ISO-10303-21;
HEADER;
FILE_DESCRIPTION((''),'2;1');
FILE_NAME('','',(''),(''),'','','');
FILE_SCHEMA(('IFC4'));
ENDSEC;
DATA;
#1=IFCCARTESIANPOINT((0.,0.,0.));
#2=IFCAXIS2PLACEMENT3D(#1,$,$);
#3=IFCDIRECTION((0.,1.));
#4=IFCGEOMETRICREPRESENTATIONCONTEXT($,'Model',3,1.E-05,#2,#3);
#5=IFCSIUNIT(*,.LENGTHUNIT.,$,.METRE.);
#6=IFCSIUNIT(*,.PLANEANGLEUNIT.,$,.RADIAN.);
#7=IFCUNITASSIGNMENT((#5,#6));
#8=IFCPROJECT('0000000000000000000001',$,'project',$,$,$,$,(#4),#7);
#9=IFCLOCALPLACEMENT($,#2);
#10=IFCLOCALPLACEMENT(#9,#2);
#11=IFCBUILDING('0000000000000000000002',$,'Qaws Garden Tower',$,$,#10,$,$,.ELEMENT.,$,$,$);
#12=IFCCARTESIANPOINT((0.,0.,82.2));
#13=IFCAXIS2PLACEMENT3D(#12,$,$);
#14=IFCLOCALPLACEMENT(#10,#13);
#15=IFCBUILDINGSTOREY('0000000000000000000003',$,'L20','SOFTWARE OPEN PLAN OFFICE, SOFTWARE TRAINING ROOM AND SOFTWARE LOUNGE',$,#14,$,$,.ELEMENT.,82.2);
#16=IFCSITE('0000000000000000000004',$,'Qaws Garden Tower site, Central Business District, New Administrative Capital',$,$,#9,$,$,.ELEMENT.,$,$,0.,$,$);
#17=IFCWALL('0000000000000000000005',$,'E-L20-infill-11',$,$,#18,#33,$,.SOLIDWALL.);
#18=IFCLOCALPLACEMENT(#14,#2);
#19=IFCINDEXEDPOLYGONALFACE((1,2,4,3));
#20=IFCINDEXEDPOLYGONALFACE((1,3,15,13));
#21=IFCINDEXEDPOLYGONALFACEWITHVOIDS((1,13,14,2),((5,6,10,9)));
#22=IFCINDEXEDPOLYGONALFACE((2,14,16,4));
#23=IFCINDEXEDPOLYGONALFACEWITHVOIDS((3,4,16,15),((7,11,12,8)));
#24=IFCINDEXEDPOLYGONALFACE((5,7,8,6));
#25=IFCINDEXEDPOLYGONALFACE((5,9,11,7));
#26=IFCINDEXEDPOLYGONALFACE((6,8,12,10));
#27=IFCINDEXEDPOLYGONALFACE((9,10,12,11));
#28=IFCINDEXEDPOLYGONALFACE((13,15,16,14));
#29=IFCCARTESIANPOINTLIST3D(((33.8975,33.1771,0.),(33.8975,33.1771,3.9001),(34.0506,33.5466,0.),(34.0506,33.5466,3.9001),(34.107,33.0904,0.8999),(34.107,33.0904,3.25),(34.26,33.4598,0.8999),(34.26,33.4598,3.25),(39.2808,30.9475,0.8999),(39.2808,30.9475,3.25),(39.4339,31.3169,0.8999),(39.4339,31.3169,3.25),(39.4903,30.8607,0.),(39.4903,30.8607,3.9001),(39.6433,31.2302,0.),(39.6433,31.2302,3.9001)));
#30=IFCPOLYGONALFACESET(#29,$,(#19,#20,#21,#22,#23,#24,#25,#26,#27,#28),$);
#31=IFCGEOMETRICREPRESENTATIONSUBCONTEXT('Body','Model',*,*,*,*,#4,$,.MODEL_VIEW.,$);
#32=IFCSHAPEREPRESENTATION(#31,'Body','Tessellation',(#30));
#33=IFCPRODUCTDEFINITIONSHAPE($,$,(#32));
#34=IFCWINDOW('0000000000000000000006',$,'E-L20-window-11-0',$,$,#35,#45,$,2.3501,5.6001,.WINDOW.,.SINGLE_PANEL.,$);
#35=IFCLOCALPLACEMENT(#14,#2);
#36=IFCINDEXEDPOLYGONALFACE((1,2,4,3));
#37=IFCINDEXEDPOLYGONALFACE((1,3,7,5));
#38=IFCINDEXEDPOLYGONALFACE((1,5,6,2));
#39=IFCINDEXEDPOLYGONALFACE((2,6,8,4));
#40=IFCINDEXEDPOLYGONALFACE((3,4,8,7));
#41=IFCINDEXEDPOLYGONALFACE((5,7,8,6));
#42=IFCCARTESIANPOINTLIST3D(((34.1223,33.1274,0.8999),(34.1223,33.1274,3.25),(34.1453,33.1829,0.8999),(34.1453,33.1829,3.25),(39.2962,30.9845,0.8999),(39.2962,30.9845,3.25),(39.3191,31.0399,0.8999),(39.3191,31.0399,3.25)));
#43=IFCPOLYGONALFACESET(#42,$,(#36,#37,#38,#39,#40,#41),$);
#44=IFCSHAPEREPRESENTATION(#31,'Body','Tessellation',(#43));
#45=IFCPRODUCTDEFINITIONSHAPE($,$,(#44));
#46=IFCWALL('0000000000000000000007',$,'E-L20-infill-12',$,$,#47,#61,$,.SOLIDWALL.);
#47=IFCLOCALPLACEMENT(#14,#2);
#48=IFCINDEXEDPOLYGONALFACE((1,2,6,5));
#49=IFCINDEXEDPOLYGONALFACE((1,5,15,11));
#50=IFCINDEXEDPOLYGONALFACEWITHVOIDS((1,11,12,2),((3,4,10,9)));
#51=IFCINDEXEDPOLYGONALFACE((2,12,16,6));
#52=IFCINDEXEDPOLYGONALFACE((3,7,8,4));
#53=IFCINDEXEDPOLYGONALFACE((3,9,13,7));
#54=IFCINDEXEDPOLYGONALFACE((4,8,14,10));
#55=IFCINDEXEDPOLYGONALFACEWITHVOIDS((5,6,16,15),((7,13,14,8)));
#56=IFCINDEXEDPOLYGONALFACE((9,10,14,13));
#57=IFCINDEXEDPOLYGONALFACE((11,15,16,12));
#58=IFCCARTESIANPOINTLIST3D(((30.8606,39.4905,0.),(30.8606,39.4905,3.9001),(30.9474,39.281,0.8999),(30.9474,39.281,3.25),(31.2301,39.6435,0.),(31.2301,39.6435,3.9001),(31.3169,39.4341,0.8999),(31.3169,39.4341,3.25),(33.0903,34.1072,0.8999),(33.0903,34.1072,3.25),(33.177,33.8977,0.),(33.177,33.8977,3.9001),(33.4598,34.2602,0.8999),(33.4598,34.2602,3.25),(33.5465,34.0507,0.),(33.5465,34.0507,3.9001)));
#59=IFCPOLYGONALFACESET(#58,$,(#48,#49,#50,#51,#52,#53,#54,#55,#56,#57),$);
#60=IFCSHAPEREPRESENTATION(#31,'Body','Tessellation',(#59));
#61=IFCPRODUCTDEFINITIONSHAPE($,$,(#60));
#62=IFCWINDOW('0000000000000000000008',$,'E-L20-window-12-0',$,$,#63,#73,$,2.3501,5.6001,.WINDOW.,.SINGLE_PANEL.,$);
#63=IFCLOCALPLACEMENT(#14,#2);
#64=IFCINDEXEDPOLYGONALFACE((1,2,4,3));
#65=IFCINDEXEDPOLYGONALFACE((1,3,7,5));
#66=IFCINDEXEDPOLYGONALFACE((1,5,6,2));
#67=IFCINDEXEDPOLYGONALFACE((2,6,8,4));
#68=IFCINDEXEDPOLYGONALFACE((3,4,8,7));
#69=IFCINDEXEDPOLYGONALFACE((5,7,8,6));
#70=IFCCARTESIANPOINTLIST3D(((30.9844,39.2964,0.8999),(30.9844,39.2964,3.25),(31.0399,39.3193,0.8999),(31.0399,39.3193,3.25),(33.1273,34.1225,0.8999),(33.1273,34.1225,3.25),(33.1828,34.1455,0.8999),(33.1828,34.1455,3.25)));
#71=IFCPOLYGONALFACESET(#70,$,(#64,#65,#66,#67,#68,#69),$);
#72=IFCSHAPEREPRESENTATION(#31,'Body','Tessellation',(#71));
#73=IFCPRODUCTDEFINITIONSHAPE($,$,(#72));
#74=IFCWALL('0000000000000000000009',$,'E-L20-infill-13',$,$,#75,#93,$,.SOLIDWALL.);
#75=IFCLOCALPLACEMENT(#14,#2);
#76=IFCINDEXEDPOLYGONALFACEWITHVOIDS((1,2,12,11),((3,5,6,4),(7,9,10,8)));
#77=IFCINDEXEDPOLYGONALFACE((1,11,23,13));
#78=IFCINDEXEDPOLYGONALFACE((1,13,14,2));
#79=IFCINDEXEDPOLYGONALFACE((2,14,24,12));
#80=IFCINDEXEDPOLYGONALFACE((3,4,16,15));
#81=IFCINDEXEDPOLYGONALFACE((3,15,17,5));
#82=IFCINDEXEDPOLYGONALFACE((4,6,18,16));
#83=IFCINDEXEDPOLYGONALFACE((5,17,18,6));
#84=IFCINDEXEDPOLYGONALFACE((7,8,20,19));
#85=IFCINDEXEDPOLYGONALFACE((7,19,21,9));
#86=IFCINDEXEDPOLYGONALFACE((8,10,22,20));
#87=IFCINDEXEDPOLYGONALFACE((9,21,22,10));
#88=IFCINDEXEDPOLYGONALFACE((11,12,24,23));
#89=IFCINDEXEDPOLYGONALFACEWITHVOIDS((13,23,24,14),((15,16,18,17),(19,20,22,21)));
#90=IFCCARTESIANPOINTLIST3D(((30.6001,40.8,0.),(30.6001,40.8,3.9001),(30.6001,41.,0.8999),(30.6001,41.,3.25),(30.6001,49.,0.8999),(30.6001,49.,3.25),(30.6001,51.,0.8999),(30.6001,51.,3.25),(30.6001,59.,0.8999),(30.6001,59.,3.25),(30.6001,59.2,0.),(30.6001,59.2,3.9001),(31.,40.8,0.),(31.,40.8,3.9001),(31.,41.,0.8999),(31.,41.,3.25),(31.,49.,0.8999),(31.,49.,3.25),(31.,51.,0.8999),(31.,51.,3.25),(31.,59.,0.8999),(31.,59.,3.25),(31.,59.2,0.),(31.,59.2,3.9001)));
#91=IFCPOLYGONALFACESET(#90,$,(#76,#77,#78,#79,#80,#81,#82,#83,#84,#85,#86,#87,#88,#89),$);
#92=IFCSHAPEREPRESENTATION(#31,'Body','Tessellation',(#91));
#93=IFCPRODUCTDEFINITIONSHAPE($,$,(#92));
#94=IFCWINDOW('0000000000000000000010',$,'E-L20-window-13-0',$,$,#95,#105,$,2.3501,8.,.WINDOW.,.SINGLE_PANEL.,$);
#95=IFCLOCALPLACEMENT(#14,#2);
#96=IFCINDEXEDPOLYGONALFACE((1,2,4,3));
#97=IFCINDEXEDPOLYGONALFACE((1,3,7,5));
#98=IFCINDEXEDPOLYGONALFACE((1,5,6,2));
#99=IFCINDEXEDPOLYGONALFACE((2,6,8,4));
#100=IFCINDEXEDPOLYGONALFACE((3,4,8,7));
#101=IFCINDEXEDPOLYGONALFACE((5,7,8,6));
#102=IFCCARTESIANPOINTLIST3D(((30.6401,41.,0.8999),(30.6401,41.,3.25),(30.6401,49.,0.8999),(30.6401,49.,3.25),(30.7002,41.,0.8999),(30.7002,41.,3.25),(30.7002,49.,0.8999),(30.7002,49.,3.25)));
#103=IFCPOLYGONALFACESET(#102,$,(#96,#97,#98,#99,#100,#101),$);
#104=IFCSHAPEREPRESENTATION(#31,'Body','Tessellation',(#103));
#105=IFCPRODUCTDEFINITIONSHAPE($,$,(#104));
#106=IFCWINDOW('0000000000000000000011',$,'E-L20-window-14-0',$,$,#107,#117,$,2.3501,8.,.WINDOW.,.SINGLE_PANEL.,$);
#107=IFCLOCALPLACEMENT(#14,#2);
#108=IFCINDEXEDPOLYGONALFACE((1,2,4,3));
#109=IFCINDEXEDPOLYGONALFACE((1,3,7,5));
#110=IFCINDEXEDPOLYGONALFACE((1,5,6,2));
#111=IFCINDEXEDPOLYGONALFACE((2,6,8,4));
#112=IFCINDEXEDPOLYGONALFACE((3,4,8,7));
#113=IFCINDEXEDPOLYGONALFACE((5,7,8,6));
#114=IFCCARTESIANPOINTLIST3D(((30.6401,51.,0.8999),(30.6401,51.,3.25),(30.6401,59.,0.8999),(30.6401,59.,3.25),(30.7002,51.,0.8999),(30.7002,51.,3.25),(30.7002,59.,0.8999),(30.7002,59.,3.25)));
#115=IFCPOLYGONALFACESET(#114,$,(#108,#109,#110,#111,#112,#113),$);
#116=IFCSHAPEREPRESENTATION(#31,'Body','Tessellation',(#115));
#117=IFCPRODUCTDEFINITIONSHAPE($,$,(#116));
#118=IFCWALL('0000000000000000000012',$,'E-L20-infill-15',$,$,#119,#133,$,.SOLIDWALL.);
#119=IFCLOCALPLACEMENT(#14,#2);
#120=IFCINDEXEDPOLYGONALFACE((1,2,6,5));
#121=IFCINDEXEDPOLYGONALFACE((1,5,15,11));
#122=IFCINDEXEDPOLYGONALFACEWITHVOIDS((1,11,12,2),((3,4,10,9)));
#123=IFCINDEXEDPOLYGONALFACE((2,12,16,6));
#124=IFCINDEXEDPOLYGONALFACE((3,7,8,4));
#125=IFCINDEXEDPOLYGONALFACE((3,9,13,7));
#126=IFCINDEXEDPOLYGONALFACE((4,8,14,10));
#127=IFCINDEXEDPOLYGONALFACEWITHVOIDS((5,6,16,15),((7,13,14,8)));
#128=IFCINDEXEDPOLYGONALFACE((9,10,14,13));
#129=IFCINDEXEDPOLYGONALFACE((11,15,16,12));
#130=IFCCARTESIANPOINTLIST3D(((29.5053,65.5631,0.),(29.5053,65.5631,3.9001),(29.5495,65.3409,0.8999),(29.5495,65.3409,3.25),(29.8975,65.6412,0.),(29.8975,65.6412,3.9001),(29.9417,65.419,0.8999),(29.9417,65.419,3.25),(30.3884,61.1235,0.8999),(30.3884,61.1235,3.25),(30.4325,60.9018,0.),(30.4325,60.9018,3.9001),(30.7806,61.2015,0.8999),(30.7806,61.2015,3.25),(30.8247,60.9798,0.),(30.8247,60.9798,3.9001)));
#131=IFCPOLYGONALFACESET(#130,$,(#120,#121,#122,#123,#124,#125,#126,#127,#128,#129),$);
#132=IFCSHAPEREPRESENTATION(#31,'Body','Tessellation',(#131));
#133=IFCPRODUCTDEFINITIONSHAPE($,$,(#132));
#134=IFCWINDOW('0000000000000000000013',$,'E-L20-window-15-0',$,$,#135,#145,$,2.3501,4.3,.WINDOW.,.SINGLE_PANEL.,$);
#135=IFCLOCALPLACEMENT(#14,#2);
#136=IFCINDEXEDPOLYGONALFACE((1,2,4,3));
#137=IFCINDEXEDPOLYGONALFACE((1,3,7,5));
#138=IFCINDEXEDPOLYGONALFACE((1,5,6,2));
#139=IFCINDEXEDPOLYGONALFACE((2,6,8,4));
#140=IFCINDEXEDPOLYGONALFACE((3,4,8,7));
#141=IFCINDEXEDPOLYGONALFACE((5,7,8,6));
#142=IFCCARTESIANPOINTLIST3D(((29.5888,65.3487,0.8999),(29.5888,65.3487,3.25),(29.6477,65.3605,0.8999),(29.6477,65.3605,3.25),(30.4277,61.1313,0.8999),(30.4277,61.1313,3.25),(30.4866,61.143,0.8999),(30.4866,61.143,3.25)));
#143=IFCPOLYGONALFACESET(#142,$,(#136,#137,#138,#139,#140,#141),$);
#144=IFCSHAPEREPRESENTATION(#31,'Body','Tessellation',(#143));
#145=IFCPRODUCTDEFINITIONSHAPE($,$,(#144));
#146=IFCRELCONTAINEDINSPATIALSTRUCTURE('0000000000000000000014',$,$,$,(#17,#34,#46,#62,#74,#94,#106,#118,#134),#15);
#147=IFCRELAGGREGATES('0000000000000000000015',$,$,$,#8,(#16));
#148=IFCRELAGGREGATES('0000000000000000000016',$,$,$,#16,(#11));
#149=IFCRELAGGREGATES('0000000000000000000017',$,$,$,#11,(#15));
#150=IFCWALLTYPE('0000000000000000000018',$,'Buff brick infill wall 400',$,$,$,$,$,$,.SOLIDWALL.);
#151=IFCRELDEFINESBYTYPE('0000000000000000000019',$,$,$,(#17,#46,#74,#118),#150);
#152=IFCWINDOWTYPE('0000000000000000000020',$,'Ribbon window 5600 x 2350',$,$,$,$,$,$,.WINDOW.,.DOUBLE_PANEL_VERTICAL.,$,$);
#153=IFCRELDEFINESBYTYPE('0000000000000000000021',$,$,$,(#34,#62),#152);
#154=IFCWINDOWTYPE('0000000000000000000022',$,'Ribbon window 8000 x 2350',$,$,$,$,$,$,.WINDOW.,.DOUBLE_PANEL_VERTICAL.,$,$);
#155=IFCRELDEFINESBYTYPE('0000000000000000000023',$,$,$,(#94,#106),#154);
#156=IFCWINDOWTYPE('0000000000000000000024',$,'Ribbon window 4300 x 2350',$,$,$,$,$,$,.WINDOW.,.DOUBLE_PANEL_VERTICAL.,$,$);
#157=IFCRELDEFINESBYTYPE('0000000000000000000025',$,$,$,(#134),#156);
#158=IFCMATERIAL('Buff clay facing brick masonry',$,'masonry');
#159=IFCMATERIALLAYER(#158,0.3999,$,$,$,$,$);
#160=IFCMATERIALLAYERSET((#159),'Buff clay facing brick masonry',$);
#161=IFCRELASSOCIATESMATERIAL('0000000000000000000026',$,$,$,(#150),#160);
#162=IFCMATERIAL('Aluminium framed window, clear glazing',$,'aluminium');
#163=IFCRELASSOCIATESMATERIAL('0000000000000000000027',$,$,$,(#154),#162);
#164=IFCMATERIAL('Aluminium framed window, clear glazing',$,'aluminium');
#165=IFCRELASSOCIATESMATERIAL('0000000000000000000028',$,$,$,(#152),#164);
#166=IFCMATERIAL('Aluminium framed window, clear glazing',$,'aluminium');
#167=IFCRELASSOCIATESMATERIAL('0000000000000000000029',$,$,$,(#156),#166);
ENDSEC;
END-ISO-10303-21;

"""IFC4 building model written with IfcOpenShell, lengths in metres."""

from ifc_helpers import new_model, si_unit, direction, frame, frame_2d, origin, place, context, subcontext, project, spatial, rectangle, extrude, material, layer, layer_set, type_object, element, fill, save


model = new_model("IFC4")

# Units and contexts
model_context = context("Model", 3, precision=1e-05, world=origin(), true_north=direction((0.0, 1.0)))
body_context = subcontext(model_context, "Body", "Model", "MODEL_VIEW")
ifc_project = project(units=[si_unit("LENGTHUNIT", "METRE"), si_unit("PLANEANGLEUNIT", "RADIAN")], contexts=[model_context])

# Site, building, storey
site_placement = place(None, origin())
site = spatial("IfcSite", under=ifc_project, at=site_placement, Name="Qaws Garden Tower site, Central Business District, New Administrative Capital", CompositionType="ELEMENT", RefElevation=0.0)
building_placement = place(site_placement, origin())
building = spatial("IfcBuilding", under=site, at=building_placement, Name="Qaws Garden Tower", CompositionType="ELEMENT")
storey_placement = place(building_placement, frame((0.0, 0.0, 82.2)))
storey = spatial("IfcBuildingStorey", under=building, at=storey_placement, Name="L20", Description="SOFTWARE OPEN PLAN OFFICE, SOFTWARE TRAINING ROOM AND SOFTWARE LOUNGE", CompositionType="ELEMENT", Elevation=82.2)

# Shared definitions
ifc_material_1 = material(Name="Buff clay facing brick masonry", Category="masonry")
ifc_layer_1 = layer(ifc_material_1, 0.3999)
ifc_layer_set_1 = layer_set([ifc_layer_1], Name="Buff clay facing brick masonry")
wall_type_1 = type_object("IfcWallType", Name="Buff brick infill wall 400", PredefinedType="SOLIDWALL", material=ifc_layer_set_1)
ifc_material_2 = material(Name="Aluminium framed window, clear glazing", Category="aluminium")
window_type_1 = type_object("IfcWindowType", Name="Ribbon window 8000 x 2350", PartitioningType="DOUBLE_PANEL_VERTICAL", PredefinedType="WINDOW", material=ifc_material_2)

# Walls, openings, windows
wall_1_placement = place(storey_placement, frame((39.5669, 31.0454, 0.0), z_axis=(0.0, 0.0, 1.0), x_axis=(-0.923891, 0.382656, 0.0)))
wall_1 = element("IfcWall", 1, at=wall_1_placement, inside=storey, type_object=wall_type_1, Name="E-L20-infill-11", PredefinedType="SOLIDWALL", context=body_context, shape_type="SweptSolid", body=[
    extrude(rectangle(XDim=6.0535, YDim=0.3999, at=frame_2d((3.0269, 0.0))), origin(), (0.0, 0.0, 1.0), 3.9001),
])
opening_1_placement = place(wall_1_placement, frame((0.2268, 0.0, 0.8999)))
opening_1 = element("IfcOpeningElement", 2, at=opening_1_placement, cuts=wall_1, PredefinedType="OPENING", context=body_context, shape_type="SweptSolid", body=[
    extrude(rectangle(XDim=5.6001, YDim=2.3501, at=frame_2d((2.8, 1.175))), frame((0.0, 0.21, 0.0), z_axis=(0.0, -1.0, 0.0), x_axis=(1.0, 0.0, 0.0)), (0.0, 0.0, 1.0), 0.4199),
])
ifc_material_3 = material(Name="Aluminium framed window, clear glazing", Category="aluminium")
window_type_2 = type_object("IfcWindowType", Name="Ribbon window 5600 x 2350", PartitioningType="DOUBLE_PANEL_VERTICAL", PredefinedType="WINDOW", material=ifc_material_3)
window_1_placement = place(opening_1_placement, origin())
window_1 = element("IfcWindow", 3, at=window_1_placement, inside=storey, type_object=window_type_2, Name="E-L20-window-11-0", OverallHeight=2.3501, OverallWidth=5.6001, PartitioningType="SINGLE_PANEL", PredefinedType="WINDOW", context=body_context, shape_type="SweptSolid", body=[
    extrude(rectangle(XDim=5.6001, YDim=2.3501, at=frame_2d((2.8, 1.175))), frame((0.0, 0.1599, 0.0), z_axis=(0.0, -1.0, 0.0), x_axis=(1.0, 0.0, 0.0)), (0.0, 0.0, 1.0), 0.0601),
])
fill(opening_1, window_1)
wall_2_placement = place(storey_placement, frame((33.3618, 33.9741, 0.0), z_axis=(0.0, 0.0, 1.0), x_axis=(-0.382656, 0.923891, 0.0)))
wall_2 = element("IfcWall", 4, at=wall_2_placement, inside=storey, type_object=wall_type_1, Name="E-L20-infill-12", PredefinedType="SOLIDWALL", context=body_context, shape_type="SweptSolid", body=[
    extrude(rectangle(XDim=6.0535, YDim=0.3999, at=frame_2d((3.0269, 0.0))), origin(), (0.0, 0.0, 1.0), 3.9001),
])
opening_2_placement = place(wall_2_placement, frame((0.2268, 0.0, 0.8999)))
opening_2 = element("IfcOpeningElement", 5, at=opening_2_placement, cuts=wall_2, PredefinedType="OPENING", context=body_context, shape_type="SweptSolid", body=[
    extrude(rectangle(XDim=5.6001, YDim=2.3501, at=frame_2d((2.8, 1.175))), frame((0.0, 0.21, 0.0), z_axis=(0.0, -1.0, 0.0), x_axis=(1.0, 0.0, 0.0)), (0.0, 0.0, 1.0), 0.4199),
])
window_2_placement = place(opening_2_placement, origin())
window_2 = element("IfcWindow", 6, at=window_2_placement, inside=storey, type_object=window_type_2, Name="E-L20-window-12-0", OverallHeight=2.3501, OverallWidth=5.6001, PartitioningType="SINGLE_PANEL", PredefinedType="WINDOW", context=body_context, shape_type="SweptSolid", body=[
    extrude(rectangle(XDim=5.6001, YDim=2.3501, at=frame_2d((2.8, 1.175))), frame((0.0, 0.1599, 0.0), z_axis=(0.0, -1.0, 0.0), x_axis=(1.0, 0.0, 0.0)), (0.0, 0.0, 1.0), 0.0601),
])
fill(opening_2, window_2)

# Wall, openings, windows
wall_3_placement = place(storey_placement, frame((30.8, 40.8, 0.0), z_axis=(0.0, 0.0, 1.0), x_axis=(0.0, 1.0, 0.0)))
wall_3 = element("IfcWall", 7, at=wall_3_placement, inside=storey, type_object=wall_type_1, Name="E-L20-infill-13", PredefinedType="SOLIDWALL", context=body_context, shape_type="SweptSolid", body=[
    extrude(rectangle(XDim=18.3999, YDim=0.3999, at=frame_2d((9.2, 0.0))), origin(), (0.0, 0.0, 1.0), 3.9001),
])
opening_3_placement = place(wall_3_placement, frame((0.2, 0.0, 0.8999)))
opening_3 = element("IfcOpeningElement", 8, at=opening_3_placement, cuts=wall_3, PredefinedType="OPENING", context=body_context, shape_type="SweptSolid", body=[
    extrude(rectangle(XDim=8.0, YDim=2.3501, at=frame_2d((4.0, 1.175))), frame((0.0, 0.21, 0.0), z_axis=(0.0, -1.0, 0.0), x_axis=(1.0, 0.0, 0.0)), (0.0, 0.0, 1.0), 0.4199),
])
opening_4_placement = place(wall_3_placement, frame((10.2, 0.0, 0.8999)))
opening_4 = element("IfcOpeningElement", 9, at=opening_4_placement, cuts=wall_3, PredefinedType="OPENING", context=body_context, shape_type="SweptSolid", body=[
    extrude(rectangle(XDim=8.0, YDim=2.3501, at=frame_2d((4.0, 1.175))), frame((0.0, 0.21, 0.0), z_axis=(0.0, -1.0, 0.0), x_axis=(1.0, 0.0, 0.0)), (0.0, 0.0, 1.0), 0.4199),
])
window_3_placement = place(opening_3_placement, origin())
window_3 = element("IfcWindow", 10, at=window_3_placement, inside=storey, type_object=window_type_1, Name="E-L20-window-13-0", OverallHeight=2.3501, OverallWidth=8.0, PartitioningType="SINGLE_PANEL", PredefinedType="WINDOW", context=body_context, shape_type="SweptSolid", body=[
    extrude(rectangle(XDim=8.0, YDim=2.3501, at=frame_2d((4.0, 1.175))), frame((0.0, 0.1599, 0.0), z_axis=(0.0, -1.0, 0.0), x_axis=(1.0, 0.0, 0.0)), (0.0, 0.0, 1.0), 0.0601),
])
fill(opening_3, window_3)
window_4_placement = place(opening_4_placement, origin())
window_4 = element("IfcWindow", 11, at=window_4_placement, inside=storey, type_object=window_type_1, Name="E-L20-window-14-0", OverallHeight=2.3501, OverallWidth=8.0, PartitioningType="SINGLE_PANEL", PredefinedType="WINDOW", context=body_context, shape_type="SweptSolid", body=[
    extrude(rectangle(XDim=8.0, YDim=2.3501, at=frame_2d((4.0, 1.175))), frame((0.0, 0.1599, 0.0), z_axis=(0.0, -1.0, 0.0), x_axis=(1.0, 0.0, 0.0)), (0.0, 0.0, 1.0), 0.0601),
])
fill(opening_4, window_4)

# Wall, opening, window
wall_4_placement = place(storey_placement, frame((30.6287, 60.9407, 0.0), z_axis=(0.0, 0.0, 1.0), x_axis=(-0.195099, 0.980784, 0.0)))
wall_4 = element("IfcWall", 12, at=wall_4_placement, inside=storey, type_object=wall_type_1, Name="E-L20-infill-15", PredefinedType="SOLIDWALL", context=body_context, shape_type="SweptSolid", body=[
    extrude(rectangle(XDim=4.7527, YDim=0.3999, at=frame_2d((2.3765, 0.0))), origin(), (0.0, 0.0, 1.0), 3.9001),
])
opening_5_placement = place(wall_4_placement, frame((0.2263, 0.0, 0.8999)))
opening_5 = element("IfcOpeningElement", 13, at=opening_5_placement, cuts=wall_4, PredefinedType="OPENING", context=body_context, shape_type="SweptSolid", body=[
    extrude(rectangle(XDim=4.3, YDim=2.3501, at=frame_2d((2.1499, 1.175))), frame((0.0, 0.21, 0.0), z_axis=(0.0, -1.0, 0.0), x_axis=(1.0, 0.0, 0.0)), (0.0, 0.0, 1.0), 0.4199),
])
ifc_material_4 = material(Name="Aluminium framed window, clear glazing", Category="aluminium")
window_type_3 = type_object("IfcWindowType", Name="Ribbon window 4300 x 2350", PartitioningType="DOUBLE_PANEL_VERTICAL", PredefinedType="WINDOW", material=ifc_material_4)
window_5_placement = place(opening_5_placement, origin())
window_5 = element("IfcWindow", 14, at=window_5_placement, inside=storey, type_object=window_type_3, Name="E-L20-window-15-0", OverallHeight=2.3501, OverallWidth=4.3, PartitioningType="SINGLE_PANEL", PredefinedType="WINDOW", context=body_context, shape_type="SweptSolid", body=[
    extrude(rectangle(XDim=4.3, YDim=2.3501, at=frame_2d((2.1499, 1.175))), frame((0.0, 0.1599, 0.0), z_axis=(0.0, -1.0, 0.0), x_axis=(1.0, 0.0, 0.0)), (0.0, 0.0, 1.0), 0.0601),
])
fill(opening_5, window_5)

save(model, "model.ifc")
